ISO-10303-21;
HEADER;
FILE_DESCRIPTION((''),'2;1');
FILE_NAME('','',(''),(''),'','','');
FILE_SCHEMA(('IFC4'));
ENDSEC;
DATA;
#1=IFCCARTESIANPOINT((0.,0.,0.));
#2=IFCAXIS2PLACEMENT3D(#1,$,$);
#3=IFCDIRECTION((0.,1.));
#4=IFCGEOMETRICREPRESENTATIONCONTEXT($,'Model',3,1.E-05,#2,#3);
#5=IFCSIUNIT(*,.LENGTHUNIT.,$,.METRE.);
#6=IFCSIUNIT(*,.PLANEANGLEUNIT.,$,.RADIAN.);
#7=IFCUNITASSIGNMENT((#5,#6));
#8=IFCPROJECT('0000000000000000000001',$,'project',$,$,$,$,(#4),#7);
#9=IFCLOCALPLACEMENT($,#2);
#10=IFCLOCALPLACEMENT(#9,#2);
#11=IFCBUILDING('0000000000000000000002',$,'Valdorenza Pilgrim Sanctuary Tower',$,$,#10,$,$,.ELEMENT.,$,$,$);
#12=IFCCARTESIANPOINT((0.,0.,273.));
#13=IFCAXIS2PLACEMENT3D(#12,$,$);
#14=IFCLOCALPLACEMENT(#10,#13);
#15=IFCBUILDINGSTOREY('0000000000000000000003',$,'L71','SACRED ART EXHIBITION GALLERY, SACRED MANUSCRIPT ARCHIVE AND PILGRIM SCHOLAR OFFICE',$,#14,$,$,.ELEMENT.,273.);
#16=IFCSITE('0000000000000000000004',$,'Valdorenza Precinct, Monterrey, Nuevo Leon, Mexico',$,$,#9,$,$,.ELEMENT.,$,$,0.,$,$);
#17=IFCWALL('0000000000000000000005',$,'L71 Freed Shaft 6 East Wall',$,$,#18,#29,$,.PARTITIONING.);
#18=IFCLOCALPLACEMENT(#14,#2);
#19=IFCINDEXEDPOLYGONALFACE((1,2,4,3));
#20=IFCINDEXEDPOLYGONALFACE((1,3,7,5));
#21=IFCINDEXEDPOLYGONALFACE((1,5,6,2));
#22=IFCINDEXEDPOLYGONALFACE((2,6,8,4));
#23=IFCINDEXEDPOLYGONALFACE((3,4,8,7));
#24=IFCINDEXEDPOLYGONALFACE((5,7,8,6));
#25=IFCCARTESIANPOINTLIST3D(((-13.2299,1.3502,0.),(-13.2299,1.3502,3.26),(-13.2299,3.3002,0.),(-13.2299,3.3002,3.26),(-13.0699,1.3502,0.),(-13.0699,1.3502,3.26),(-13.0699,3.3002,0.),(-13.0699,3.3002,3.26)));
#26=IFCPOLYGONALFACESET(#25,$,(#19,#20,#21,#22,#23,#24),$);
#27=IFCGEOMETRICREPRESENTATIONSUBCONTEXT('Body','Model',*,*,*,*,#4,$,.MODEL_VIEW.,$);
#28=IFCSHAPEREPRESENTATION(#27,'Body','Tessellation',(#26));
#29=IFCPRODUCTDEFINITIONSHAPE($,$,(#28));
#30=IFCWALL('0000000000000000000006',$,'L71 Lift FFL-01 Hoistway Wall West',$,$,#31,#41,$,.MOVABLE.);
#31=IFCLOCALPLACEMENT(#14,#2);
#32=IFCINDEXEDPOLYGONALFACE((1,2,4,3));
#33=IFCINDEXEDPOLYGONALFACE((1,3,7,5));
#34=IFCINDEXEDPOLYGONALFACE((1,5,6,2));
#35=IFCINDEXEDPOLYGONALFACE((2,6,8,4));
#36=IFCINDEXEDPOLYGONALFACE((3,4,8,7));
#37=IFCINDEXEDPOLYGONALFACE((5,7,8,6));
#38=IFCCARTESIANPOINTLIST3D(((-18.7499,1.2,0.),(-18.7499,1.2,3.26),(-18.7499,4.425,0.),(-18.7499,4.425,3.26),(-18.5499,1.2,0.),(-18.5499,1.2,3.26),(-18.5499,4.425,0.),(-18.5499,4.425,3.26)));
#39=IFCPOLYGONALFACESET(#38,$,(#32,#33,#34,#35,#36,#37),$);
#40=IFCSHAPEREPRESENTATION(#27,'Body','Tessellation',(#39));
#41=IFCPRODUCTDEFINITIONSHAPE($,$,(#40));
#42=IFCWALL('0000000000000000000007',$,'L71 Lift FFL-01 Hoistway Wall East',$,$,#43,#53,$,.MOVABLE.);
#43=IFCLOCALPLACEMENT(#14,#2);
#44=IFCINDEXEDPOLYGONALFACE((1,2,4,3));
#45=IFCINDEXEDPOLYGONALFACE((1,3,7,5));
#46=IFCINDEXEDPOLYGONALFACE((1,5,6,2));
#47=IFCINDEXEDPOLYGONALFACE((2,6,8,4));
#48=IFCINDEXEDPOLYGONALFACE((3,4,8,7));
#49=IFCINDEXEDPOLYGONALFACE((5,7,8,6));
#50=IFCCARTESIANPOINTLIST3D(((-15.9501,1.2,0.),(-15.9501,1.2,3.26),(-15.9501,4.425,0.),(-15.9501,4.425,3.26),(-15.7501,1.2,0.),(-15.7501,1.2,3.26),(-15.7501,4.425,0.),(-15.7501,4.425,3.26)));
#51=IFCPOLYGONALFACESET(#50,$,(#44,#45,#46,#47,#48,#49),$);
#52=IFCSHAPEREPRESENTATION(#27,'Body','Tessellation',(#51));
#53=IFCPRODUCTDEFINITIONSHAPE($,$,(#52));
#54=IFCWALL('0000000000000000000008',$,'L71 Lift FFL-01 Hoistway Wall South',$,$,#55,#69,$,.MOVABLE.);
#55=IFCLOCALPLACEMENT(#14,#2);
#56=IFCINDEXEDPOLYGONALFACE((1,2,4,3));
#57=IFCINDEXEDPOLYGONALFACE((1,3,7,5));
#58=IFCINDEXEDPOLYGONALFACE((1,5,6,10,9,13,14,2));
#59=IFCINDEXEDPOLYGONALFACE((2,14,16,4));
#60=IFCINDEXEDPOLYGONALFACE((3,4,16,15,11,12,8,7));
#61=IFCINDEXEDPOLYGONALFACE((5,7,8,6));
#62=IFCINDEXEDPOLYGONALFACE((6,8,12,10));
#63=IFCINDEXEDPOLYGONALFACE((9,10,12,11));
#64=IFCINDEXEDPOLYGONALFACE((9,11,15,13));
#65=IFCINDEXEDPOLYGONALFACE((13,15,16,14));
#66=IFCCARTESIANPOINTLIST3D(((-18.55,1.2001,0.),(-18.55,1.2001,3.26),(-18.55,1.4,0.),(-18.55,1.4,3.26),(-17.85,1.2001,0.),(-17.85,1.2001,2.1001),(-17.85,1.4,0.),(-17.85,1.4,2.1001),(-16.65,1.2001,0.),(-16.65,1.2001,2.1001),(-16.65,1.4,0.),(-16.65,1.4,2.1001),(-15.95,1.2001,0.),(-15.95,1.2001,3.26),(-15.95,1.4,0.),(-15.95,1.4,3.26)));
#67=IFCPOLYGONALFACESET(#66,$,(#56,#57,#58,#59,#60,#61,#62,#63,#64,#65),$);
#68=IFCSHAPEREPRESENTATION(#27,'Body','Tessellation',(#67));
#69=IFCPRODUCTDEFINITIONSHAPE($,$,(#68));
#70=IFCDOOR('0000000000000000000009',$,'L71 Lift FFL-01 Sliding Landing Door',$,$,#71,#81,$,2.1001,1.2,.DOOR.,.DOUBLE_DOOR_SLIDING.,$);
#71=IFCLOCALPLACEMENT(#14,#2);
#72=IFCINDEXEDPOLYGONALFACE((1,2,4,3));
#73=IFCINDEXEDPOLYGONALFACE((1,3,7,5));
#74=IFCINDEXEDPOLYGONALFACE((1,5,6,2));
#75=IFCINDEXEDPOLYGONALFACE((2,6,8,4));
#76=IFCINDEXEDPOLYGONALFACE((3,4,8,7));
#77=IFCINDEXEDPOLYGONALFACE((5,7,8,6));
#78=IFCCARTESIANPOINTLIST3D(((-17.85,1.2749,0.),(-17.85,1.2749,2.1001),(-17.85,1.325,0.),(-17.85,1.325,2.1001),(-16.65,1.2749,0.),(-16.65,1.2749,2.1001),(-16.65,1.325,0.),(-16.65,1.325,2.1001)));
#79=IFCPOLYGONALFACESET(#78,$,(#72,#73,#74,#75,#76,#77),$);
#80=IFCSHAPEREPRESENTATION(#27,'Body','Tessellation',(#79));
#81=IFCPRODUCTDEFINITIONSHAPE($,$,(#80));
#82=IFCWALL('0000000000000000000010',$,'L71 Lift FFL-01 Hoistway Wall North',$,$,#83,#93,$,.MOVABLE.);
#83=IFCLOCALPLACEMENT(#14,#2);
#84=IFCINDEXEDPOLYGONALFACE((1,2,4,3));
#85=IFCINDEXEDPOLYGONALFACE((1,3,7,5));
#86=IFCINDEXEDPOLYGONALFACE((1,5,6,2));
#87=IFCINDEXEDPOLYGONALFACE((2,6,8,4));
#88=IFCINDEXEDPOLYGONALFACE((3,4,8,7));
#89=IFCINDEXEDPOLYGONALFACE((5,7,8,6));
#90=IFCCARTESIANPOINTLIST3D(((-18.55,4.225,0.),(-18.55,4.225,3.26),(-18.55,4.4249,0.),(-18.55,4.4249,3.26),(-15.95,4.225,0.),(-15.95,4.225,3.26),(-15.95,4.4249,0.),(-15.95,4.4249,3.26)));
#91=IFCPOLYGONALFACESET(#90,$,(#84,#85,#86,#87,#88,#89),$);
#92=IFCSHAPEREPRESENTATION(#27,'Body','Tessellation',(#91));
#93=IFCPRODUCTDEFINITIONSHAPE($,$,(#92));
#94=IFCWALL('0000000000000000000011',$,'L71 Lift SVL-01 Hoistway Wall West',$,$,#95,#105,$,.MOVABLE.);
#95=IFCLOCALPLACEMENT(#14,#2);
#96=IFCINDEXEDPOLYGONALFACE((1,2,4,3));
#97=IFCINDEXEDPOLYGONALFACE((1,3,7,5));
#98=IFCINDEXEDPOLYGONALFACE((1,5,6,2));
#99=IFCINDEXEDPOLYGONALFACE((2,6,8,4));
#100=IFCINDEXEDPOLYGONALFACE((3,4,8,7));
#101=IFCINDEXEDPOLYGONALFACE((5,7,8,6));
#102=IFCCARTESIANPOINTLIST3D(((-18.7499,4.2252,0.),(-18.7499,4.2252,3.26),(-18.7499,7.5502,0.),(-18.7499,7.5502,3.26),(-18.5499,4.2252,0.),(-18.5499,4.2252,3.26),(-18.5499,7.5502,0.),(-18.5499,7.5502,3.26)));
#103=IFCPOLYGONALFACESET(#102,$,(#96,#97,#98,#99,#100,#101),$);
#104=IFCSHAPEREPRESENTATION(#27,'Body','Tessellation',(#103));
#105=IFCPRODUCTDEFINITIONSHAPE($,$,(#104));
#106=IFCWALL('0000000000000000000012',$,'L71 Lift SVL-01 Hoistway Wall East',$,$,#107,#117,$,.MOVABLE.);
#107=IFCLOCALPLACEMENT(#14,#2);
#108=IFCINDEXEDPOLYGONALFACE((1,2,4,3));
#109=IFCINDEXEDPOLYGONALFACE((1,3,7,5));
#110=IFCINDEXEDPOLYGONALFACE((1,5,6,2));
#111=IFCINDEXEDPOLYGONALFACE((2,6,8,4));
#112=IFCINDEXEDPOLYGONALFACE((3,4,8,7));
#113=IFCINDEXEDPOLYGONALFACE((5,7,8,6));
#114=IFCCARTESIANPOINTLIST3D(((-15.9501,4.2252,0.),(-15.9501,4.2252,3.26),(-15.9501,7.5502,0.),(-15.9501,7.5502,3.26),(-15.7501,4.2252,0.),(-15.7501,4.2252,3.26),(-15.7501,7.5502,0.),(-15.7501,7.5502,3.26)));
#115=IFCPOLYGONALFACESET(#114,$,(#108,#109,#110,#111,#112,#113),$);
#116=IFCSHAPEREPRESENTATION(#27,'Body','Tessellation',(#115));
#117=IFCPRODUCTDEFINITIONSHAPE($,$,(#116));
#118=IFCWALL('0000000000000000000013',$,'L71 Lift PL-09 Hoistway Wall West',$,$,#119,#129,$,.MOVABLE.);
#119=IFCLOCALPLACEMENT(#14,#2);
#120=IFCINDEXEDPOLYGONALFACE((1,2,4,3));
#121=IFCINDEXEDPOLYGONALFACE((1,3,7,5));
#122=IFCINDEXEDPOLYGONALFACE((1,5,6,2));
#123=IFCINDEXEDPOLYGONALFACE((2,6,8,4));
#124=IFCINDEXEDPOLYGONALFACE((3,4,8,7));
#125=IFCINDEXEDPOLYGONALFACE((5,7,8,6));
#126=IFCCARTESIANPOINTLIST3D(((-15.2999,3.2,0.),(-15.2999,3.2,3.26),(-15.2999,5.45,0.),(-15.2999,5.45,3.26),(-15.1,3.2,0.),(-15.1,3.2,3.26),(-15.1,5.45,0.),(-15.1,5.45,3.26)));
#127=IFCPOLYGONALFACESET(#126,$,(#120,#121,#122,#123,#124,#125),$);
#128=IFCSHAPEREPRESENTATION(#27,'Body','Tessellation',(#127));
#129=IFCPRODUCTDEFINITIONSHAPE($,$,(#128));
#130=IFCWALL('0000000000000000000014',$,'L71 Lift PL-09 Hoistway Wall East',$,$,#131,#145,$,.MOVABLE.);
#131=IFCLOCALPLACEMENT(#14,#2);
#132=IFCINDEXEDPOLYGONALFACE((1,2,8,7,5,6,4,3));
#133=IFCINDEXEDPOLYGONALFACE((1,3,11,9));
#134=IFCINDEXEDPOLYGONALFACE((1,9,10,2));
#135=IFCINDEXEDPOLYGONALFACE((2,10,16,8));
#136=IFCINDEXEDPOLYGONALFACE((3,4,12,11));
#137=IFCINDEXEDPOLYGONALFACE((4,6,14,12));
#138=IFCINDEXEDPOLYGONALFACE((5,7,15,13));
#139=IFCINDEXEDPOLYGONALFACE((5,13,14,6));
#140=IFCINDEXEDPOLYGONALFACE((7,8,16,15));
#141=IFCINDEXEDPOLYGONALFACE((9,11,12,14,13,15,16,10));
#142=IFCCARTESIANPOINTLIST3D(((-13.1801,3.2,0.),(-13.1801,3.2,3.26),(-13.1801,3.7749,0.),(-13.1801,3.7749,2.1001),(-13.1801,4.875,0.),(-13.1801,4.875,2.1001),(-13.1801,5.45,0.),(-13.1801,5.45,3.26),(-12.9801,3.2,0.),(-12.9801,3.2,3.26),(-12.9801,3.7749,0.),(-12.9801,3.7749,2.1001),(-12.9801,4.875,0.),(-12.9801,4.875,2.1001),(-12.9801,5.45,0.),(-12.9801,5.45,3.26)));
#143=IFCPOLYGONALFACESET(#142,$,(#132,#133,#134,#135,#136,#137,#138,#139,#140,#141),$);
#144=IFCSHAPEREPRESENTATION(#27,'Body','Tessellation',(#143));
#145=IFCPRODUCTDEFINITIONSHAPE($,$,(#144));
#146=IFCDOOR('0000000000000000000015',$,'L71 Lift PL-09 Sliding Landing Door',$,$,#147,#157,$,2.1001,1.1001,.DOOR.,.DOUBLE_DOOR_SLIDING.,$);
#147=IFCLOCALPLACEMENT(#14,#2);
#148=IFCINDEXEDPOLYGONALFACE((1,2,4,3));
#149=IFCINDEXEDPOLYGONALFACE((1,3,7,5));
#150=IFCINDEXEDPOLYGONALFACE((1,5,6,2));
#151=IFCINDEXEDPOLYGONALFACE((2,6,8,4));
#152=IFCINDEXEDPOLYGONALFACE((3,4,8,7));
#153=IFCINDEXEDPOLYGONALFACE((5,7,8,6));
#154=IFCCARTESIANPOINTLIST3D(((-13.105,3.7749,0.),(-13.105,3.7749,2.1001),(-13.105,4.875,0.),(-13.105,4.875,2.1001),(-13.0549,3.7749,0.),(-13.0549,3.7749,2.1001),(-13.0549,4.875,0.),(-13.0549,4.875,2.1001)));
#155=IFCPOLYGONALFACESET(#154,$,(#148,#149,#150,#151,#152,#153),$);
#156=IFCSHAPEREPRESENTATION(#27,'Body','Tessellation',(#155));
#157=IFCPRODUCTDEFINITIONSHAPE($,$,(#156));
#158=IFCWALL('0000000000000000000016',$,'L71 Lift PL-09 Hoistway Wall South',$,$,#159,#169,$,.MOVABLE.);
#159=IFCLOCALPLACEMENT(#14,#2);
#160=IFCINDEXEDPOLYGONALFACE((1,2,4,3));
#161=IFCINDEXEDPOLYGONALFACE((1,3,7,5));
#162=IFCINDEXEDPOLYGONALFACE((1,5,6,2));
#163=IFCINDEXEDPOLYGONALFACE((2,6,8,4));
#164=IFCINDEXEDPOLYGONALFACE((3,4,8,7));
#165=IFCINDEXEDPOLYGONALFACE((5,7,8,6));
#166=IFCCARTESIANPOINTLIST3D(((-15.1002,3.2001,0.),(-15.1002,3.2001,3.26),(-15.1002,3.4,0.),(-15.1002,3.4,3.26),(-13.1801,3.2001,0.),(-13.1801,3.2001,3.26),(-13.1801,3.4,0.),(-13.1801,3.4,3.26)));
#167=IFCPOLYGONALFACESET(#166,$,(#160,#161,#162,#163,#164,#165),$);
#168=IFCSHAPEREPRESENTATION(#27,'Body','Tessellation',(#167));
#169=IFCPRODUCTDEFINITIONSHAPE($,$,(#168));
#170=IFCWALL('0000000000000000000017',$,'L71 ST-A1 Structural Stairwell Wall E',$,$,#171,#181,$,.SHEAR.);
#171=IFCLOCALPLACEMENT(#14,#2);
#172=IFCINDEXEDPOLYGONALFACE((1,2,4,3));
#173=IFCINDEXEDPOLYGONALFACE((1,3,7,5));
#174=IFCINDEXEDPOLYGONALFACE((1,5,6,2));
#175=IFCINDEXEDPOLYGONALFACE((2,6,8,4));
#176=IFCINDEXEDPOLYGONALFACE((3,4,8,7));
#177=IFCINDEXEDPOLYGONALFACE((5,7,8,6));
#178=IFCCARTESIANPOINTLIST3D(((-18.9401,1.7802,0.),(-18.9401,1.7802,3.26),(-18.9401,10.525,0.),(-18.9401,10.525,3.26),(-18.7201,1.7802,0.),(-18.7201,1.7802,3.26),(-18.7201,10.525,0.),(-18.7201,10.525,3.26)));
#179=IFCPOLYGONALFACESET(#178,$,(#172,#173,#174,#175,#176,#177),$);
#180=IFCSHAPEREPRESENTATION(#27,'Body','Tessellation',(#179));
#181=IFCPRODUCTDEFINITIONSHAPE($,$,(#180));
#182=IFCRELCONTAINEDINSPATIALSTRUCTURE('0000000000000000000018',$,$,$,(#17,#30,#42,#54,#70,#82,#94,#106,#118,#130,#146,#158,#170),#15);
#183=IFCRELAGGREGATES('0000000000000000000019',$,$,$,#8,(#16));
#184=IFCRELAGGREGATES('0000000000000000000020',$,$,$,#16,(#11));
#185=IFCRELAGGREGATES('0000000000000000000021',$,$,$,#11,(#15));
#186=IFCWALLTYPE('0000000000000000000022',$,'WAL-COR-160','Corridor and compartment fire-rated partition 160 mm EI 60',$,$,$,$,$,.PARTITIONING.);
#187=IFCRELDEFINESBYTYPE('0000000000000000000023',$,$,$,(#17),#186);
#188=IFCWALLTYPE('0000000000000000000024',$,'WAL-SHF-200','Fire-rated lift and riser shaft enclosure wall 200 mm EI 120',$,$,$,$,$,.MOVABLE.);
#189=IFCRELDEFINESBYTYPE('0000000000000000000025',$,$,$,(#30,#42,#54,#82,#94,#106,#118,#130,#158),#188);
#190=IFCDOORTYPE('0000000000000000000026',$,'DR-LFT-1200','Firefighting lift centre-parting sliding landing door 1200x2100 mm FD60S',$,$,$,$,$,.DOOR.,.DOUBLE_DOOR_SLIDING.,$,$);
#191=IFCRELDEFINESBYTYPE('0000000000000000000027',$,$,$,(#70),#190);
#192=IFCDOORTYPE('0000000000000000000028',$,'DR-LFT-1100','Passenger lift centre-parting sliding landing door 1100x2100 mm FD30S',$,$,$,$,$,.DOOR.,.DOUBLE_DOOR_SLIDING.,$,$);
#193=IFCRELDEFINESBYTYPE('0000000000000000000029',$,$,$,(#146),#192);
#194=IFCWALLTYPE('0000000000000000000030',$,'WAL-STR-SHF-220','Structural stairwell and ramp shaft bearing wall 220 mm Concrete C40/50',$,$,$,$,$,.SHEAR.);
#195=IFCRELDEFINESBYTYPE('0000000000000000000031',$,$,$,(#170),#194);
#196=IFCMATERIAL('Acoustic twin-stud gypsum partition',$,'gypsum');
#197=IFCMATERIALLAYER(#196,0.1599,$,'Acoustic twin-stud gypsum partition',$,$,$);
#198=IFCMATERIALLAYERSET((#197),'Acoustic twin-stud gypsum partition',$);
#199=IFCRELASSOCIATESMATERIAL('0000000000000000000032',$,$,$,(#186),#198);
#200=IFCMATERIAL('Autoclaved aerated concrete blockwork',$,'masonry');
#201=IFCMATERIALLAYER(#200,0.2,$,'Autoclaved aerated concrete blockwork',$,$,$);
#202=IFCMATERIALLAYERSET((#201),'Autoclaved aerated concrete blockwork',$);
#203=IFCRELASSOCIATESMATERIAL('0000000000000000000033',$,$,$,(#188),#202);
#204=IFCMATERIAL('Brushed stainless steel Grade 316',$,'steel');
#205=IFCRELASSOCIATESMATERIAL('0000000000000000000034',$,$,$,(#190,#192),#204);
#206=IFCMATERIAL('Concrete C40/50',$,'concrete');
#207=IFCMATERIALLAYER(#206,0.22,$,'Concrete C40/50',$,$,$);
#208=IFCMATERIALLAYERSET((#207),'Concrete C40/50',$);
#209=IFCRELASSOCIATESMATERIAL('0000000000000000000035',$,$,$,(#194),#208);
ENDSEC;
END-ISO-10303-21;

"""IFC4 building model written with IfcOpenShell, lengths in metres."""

from ifc_helpers import new_model, si_unit, direction, frame, frame_2d, origin, place, context, subcontext, project, spatial, rectangle, extrude, material, layer, layer_set, type_object, element, fill, save


model = new_model("IFC4")

# Units and contexts
model_context = context("Model", 3, precision=1e-05, world=origin(), true_north=direction((0.0, 1.0)))
body_context = subcontext(model_context, "Body", "Model", "MODEL_VIEW")
ifc_project = project(units=[si_unit("LENGTHUNIT", "METRE"), si_unit("PLANEANGLEUNIT", "RADIAN")], contexts=[model_context])

# Site, building, storey
site_placement = place(None, origin())
site = spatial("IfcSite", under=ifc_project, at=site_placement, Name="Valdorenza Precinct, Monterrey, Nuevo Leon, Mexico", CompositionType="ELEMENT", RefElevation=0.0)
building_placement = place(site_placement, origin())
building = spatial("IfcBuilding", under=site, at=building_placement, Name="Valdorenza Pilgrim Sanctuary Tower", CompositionType="ELEMENT")
storey_placement = place(building_placement, frame((0.0, 0.0, 273.0)))
storey = spatial("IfcBuildingStorey", under=building, at=storey_placement, Name="L71", Description="SACRED ART EXHIBITION GALLERY, SACRED MANUSCRIPT ARCHIVE AND PILGRIM SCHOLAR OFFICE", CompositionType="ELEMENT", Elevation=273.0)

# Walls
ifc_material_1 = material(Name="Acoustic twin-stud gypsum partition", Category="gypsum")
ifc_layer_1 = layer(ifc_material_1, 0.1599, Name="Acoustic twin-stud gypsum partition")
ifc_layer_set_1 = layer_set([ifc_layer_1], Name="Acoustic twin-stud gypsum partition")
wall_type_1 = type_object("IfcWallType", Name="WAL-COR-160", Description="Corridor and compartment fire-rated partition 160 mm EI 60", PredefinedType="PARTITIONING", material=ifc_layer_set_1)
wall_1_placement = place(storey_placement, frame((-13.1499, 1.3501, 0.0), z_axis=(0.0, 0.0, 1.0), x_axis=(0.0, 1.0, 0.0)))
element("IfcWall", 1, at=wall_1_placement, inside=storey, type_object=wall_type_1, Name="L71 Freed Shaft 6 East Wall", PredefinedType="PARTITIONING", context=body_context, shape_type="SweptSolid", body=[
    extrude(rectangle(XDim=1.95, YDim=0.1599, at=frame_2d((0.9751, 0.0))), origin(), (0.0, 0.0, 1.0), 3.26),
])
ifc_material_2 = material(Name="Autoclaved aerated concrete blockwork", Category="masonry")
ifc_layer_2 = layer(ifc_material_2, 0.2, Name="Autoclaved aerated concrete blockwork")
ifc_layer_set_2 = layer_set([ifc_layer_2], Name="Autoclaved aerated concrete blockwork")
wall_type_2 = type_object("IfcWallType", Name="WAL-SHF-200", Description="Fire-rated lift and riser shaft enclosure wall 200 mm EI 120", PredefinedType="MOVABLE", material=ifc_layer_set_2)
for number, where, z_axis, x_axis, name in (
    (2, (-18.6499, 1.2, 0.0), (0.0, 0.0, 1.0), (0.0, 1.0, 0.0), "L71 Lift FFL-01 Hoistway Wall West"),
    (3, (-15.8501, 1.2, 0.0), (0.0, 0.0, 1.0), (0.0, 1.0, 0.0), "L71 Lift FFL-01 Hoistway Wall East"),
):
    element("IfcWall", number, at=place(storey_placement, frame(where, z_axis=z_axis, x_axis=x_axis)), inside=storey, type_object=wall_type_2, Name=name, PredefinedType="MOVABLE", context=body_context, shape_type="SweptSolid", body=[
        extrude(rectangle(XDim=3.2251, YDim=0.2, at=frame_2d((1.6125, 0.0))), origin(), (0.0, 0.0, 1.0), 3.26),
    ])

# Wall, opening, door
wall_2_placement = place(storey_placement, frame((-18.55, 1.3, 0.0), z_axis=(0.0, 0.0, 1.0), x_axis=(1.0, 0.0, 0.0)))
wall_2 = element("IfcWall", 4, at=wall_2_placement, inside=storey, type_object=wall_type_2, Name="L71 Lift FFL-01 Hoistway Wall South", PredefinedType="MOVABLE", context=body_context, shape_type="SweptSolid", body=[
    extrude(rectangle(XDim=2.6001, YDim=0.2, at=frame_2d((1.3, 0.0))), origin(), (0.0, 0.0, 1.0), 3.26),
])
opening_1_placement = place(wall_2_placement, frame((0.7, 0.0, 0.0)))
opening_1 = element("IfcOpeningElement", 5, at=opening_1_placement, cuts=wall_2, PredefinedType="OPENING", context=body_context, shape_type="SweptSolid", body=[
    extrude(rectangle(XDim=1.2, YDim=2.1001, at=frame_2d((0.6001, 1.05))), frame((0.0, 0.1147, 0.0), z_axis=(0.0, -1.0, 0.0), x_axis=(1.0, 0.0, 0.0)), (0.0, 0.0, 1.0), 0.2297),
])
ifc_material_3 = material(Name="Brushed stainless steel Grade 316", Category="steel")
door_type_1 = type_object("IfcDoorType", Name="DR-LFT-1200", Description="Firefighting lift centre-parting sliding landing door 1200x2100 mm FD60S", OperationType="DOUBLE_DOOR_SLIDING", PredefinedType="DOOR", material=ifc_material_3)
door_1_placement = place(opening_1_placement, origin())
door_1 = element("IfcDoor", 6, at=door_1_placement, inside=storey, type_object=door_type_1, Name="L71 Lift FFL-01 Sliding Landing Door", OperationType="DOUBLE_DOOR_SLIDING", OverallHeight=2.1001, OverallWidth=1.2, PredefinedType="DOOR", context=body_context, shape_type="SweptSolid", body=[
    extrude(rectangle(XDim=1.2, YDim=2.1001, at=frame_2d((0.6001, 1.05))), frame((0.0, 0.0249, 0.0), z_axis=(0.0, -1.0, 0.0), x_axis=(1.0, 0.0, 0.0)), (0.0, 0.0, 1.0), 0.05),
])
fill(opening_1, door_1)

# Walls
wall_3_placement = place(storey_placement, frame((-18.55, 4.325, 0.0), z_axis=(0.0, 0.0, 1.0), x_axis=(1.0, 0.0, 0.0)))
element("IfcWall", 7, at=wall_3_placement, inside=storey, type_object=wall_type_2, Name="L71 Lift FFL-01 Hoistway Wall North", PredefinedType="MOVABLE", context=body_context, shape_type="SweptSolid", body=[
    extrude(rectangle(XDim=2.6001, YDim=0.2, at=frame_2d((1.3, 0.0))), origin(), (0.0, 0.0, 1.0), 3.26),
])
for number, where, z_axis, x_axis, name in (
    (8, (-18.6499, 4.2251, 0.0), (0.0, 0.0, 1.0), (0.0, 1.0, 0.0), "L71 Lift SVL-01 Hoistway Wall West"),
    (9, (-15.8501, 4.2251, 0.0), (0.0, 0.0, 1.0), (0.0, 1.0, 0.0), "L71 Lift SVL-01 Hoistway Wall East"),
):
    element("IfcWall", number, at=place(storey_placement, frame(where, z_axis=z_axis, x_axis=x_axis)), inside=storey, type_object=wall_type_2, Name=name, PredefinedType="MOVABLE", context=body_context, shape_type="SweptSolid", body=[
        extrude(rectangle(XDim=3.325, YDim=0.2, at=frame_2d((1.6626, 0.0))), origin(), (0.0, 0.0, 1.0), 3.26),
    ])
wall_4_placement = place(storey_placement, frame((-15.2, 3.2, 0.0), z_axis=(0.0, 0.0, 1.0), x_axis=(0.0, 1.0, 0.0)))
element("IfcWall", 10, at=wall_4_placement, inside=storey, type_object=wall_type_2, Name="L71 Lift PL-09 Hoistway Wall West", PredefinedType="MOVABLE", context=body_context, shape_type="SweptSolid", body=[
    extrude(rectangle(XDim=2.25, YDim=0.2, at=frame_2d((1.125, 0.0))), origin(), (0.0, 0.0, 1.0), 3.26),
])

# Wall, opening, door
wall_5_placement = place(storey_placement, frame((-13.0801, 3.2, 0.0), z_axis=(0.0, 0.0, 1.0), x_axis=(0.0, 1.0, 0.0)))
wall_5 = element("IfcWall", 11, at=wall_5_placement, inside=storey, type_object=wall_type_2, Name="L71 Lift PL-09 Hoistway Wall East", PredefinedType="MOVABLE", context=body_context, shape_type="SweptSolid", body=[
    extrude(rectangle(XDim=2.25, YDim=0.2, at=frame_2d((1.125, 0.0))), origin(), (0.0, 0.0, 1.0), 3.26),
])
opening_2_placement = place(wall_5_placement, frame((0.575, 0.0, 0.0)))
opening_2 = element("IfcOpeningElement", 12, at=opening_2_placement, cuts=wall_5, PredefinedType="OPENING", context=body_context, shape_type="SweptSolid", body=[
    extrude(rectangle(XDim=1.1001, YDim=2.1001, at=frame_2d((0.55, 1.05))), frame((0.0, 0.1147, 0.0), z_axis=(0.0, -1.0, 0.0), x_axis=(1.0, 0.0, 0.0)), (0.0, 0.0, 1.0), 0.2297),
])
door_type_2 = type_object("IfcDoorType", Name="DR-LFT-1100", Description="Passenger lift centre-parting sliding landing door 1100x2100 mm FD30S", OperationType="DOUBLE_DOOR_SLIDING", PredefinedType="DOOR", material=ifc_material_3)
door_2_placement = place(opening_2_placement, origin())
door_2 = element("IfcDoor", 13, at=door_2_placement, inside=storey, type_object=door_type_2, Name="L71 Lift PL-09 Sliding Landing Door", OperationType="DOUBLE_DOOR_SLIDING", OverallHeight=2.1001, OverallWidth=1.1001, PredefinedType="DOOR", context=body_context, shape_type="SweptSolid", body=[
    extrude(rectangle(XDim=1.1001, YDim=2.1001, at=frame_2d((0.55, 1.05))), frame((0.0, 0.0249, 0.0), z_axis=(0.0, -1.0, 0.0), x_axis=(1.0, 0.0, 0.0)), (0.0, 0.0, 1.0), 0.05),
])
fill(opening_2, door_2)

# Walls
wall_6_placement = place(storey_placement, frame((-15.1001, 3.3, 0.0), z_axis=(0.0, 0.0, 1.0), x_axis=(1.0, 0.0, 0.0)))
element("IfcWall", 14, at=wall_6_placement, inside=storey, type_object=wall_type_2, Name="L71 Lift PL-09 Hoistway Wall South", PredefinedType="MOVABLE", context=body_context, shape_type="SweptSolid", body=[
    extrude(rectangle(XDim=1.9202, YDim=0.2, at=frame_2d((0.96, 0.0))), origin(), (0.0, 0.0, 1.0), 3.26),
])
ifc_material_4 = material(Name="Concrete C40/50", Category="concrete")
ifc_layer_3 = layer(ifc_material_4, 0.22, Name="Concrete C40/50")
ifc_layer_set_3 = layer_set([ifc_layer_3], Name="Concrete C40/50")
wall_type_3 = type_object("IfcWallType", Name="WAL-STR-SHF-220", Description="Structural stairwell and ramp shaft bearing wall 220 mm Concrete C40/50", PredefinedType="SHEAR", material=ifc_layer_set_3)
wall_7_placement = place(storey_placement, frame((-18.8301, 1.78, 0.0), z_axis=(0.0, 0.0, 1.0), x_axis=(0.0, 1.0, 0.0)))
element("IfcWall", 15, at=wall_7_placement, inside=storey, type_object=wall_type_3, Name="L71 ST-A1 Structural Stairwell Wall E", PredefinedType="SHEAR", context=body_context, shape_type="SweptSolid", body=[
    extrude(rectangle(XDim=8.7449, YDim=0.22, at=frame_2d((4.3726, 0.0))), origin(), (0.0, 0.0, 1.0), 3.26),
])

save(model, "model.ifc")
